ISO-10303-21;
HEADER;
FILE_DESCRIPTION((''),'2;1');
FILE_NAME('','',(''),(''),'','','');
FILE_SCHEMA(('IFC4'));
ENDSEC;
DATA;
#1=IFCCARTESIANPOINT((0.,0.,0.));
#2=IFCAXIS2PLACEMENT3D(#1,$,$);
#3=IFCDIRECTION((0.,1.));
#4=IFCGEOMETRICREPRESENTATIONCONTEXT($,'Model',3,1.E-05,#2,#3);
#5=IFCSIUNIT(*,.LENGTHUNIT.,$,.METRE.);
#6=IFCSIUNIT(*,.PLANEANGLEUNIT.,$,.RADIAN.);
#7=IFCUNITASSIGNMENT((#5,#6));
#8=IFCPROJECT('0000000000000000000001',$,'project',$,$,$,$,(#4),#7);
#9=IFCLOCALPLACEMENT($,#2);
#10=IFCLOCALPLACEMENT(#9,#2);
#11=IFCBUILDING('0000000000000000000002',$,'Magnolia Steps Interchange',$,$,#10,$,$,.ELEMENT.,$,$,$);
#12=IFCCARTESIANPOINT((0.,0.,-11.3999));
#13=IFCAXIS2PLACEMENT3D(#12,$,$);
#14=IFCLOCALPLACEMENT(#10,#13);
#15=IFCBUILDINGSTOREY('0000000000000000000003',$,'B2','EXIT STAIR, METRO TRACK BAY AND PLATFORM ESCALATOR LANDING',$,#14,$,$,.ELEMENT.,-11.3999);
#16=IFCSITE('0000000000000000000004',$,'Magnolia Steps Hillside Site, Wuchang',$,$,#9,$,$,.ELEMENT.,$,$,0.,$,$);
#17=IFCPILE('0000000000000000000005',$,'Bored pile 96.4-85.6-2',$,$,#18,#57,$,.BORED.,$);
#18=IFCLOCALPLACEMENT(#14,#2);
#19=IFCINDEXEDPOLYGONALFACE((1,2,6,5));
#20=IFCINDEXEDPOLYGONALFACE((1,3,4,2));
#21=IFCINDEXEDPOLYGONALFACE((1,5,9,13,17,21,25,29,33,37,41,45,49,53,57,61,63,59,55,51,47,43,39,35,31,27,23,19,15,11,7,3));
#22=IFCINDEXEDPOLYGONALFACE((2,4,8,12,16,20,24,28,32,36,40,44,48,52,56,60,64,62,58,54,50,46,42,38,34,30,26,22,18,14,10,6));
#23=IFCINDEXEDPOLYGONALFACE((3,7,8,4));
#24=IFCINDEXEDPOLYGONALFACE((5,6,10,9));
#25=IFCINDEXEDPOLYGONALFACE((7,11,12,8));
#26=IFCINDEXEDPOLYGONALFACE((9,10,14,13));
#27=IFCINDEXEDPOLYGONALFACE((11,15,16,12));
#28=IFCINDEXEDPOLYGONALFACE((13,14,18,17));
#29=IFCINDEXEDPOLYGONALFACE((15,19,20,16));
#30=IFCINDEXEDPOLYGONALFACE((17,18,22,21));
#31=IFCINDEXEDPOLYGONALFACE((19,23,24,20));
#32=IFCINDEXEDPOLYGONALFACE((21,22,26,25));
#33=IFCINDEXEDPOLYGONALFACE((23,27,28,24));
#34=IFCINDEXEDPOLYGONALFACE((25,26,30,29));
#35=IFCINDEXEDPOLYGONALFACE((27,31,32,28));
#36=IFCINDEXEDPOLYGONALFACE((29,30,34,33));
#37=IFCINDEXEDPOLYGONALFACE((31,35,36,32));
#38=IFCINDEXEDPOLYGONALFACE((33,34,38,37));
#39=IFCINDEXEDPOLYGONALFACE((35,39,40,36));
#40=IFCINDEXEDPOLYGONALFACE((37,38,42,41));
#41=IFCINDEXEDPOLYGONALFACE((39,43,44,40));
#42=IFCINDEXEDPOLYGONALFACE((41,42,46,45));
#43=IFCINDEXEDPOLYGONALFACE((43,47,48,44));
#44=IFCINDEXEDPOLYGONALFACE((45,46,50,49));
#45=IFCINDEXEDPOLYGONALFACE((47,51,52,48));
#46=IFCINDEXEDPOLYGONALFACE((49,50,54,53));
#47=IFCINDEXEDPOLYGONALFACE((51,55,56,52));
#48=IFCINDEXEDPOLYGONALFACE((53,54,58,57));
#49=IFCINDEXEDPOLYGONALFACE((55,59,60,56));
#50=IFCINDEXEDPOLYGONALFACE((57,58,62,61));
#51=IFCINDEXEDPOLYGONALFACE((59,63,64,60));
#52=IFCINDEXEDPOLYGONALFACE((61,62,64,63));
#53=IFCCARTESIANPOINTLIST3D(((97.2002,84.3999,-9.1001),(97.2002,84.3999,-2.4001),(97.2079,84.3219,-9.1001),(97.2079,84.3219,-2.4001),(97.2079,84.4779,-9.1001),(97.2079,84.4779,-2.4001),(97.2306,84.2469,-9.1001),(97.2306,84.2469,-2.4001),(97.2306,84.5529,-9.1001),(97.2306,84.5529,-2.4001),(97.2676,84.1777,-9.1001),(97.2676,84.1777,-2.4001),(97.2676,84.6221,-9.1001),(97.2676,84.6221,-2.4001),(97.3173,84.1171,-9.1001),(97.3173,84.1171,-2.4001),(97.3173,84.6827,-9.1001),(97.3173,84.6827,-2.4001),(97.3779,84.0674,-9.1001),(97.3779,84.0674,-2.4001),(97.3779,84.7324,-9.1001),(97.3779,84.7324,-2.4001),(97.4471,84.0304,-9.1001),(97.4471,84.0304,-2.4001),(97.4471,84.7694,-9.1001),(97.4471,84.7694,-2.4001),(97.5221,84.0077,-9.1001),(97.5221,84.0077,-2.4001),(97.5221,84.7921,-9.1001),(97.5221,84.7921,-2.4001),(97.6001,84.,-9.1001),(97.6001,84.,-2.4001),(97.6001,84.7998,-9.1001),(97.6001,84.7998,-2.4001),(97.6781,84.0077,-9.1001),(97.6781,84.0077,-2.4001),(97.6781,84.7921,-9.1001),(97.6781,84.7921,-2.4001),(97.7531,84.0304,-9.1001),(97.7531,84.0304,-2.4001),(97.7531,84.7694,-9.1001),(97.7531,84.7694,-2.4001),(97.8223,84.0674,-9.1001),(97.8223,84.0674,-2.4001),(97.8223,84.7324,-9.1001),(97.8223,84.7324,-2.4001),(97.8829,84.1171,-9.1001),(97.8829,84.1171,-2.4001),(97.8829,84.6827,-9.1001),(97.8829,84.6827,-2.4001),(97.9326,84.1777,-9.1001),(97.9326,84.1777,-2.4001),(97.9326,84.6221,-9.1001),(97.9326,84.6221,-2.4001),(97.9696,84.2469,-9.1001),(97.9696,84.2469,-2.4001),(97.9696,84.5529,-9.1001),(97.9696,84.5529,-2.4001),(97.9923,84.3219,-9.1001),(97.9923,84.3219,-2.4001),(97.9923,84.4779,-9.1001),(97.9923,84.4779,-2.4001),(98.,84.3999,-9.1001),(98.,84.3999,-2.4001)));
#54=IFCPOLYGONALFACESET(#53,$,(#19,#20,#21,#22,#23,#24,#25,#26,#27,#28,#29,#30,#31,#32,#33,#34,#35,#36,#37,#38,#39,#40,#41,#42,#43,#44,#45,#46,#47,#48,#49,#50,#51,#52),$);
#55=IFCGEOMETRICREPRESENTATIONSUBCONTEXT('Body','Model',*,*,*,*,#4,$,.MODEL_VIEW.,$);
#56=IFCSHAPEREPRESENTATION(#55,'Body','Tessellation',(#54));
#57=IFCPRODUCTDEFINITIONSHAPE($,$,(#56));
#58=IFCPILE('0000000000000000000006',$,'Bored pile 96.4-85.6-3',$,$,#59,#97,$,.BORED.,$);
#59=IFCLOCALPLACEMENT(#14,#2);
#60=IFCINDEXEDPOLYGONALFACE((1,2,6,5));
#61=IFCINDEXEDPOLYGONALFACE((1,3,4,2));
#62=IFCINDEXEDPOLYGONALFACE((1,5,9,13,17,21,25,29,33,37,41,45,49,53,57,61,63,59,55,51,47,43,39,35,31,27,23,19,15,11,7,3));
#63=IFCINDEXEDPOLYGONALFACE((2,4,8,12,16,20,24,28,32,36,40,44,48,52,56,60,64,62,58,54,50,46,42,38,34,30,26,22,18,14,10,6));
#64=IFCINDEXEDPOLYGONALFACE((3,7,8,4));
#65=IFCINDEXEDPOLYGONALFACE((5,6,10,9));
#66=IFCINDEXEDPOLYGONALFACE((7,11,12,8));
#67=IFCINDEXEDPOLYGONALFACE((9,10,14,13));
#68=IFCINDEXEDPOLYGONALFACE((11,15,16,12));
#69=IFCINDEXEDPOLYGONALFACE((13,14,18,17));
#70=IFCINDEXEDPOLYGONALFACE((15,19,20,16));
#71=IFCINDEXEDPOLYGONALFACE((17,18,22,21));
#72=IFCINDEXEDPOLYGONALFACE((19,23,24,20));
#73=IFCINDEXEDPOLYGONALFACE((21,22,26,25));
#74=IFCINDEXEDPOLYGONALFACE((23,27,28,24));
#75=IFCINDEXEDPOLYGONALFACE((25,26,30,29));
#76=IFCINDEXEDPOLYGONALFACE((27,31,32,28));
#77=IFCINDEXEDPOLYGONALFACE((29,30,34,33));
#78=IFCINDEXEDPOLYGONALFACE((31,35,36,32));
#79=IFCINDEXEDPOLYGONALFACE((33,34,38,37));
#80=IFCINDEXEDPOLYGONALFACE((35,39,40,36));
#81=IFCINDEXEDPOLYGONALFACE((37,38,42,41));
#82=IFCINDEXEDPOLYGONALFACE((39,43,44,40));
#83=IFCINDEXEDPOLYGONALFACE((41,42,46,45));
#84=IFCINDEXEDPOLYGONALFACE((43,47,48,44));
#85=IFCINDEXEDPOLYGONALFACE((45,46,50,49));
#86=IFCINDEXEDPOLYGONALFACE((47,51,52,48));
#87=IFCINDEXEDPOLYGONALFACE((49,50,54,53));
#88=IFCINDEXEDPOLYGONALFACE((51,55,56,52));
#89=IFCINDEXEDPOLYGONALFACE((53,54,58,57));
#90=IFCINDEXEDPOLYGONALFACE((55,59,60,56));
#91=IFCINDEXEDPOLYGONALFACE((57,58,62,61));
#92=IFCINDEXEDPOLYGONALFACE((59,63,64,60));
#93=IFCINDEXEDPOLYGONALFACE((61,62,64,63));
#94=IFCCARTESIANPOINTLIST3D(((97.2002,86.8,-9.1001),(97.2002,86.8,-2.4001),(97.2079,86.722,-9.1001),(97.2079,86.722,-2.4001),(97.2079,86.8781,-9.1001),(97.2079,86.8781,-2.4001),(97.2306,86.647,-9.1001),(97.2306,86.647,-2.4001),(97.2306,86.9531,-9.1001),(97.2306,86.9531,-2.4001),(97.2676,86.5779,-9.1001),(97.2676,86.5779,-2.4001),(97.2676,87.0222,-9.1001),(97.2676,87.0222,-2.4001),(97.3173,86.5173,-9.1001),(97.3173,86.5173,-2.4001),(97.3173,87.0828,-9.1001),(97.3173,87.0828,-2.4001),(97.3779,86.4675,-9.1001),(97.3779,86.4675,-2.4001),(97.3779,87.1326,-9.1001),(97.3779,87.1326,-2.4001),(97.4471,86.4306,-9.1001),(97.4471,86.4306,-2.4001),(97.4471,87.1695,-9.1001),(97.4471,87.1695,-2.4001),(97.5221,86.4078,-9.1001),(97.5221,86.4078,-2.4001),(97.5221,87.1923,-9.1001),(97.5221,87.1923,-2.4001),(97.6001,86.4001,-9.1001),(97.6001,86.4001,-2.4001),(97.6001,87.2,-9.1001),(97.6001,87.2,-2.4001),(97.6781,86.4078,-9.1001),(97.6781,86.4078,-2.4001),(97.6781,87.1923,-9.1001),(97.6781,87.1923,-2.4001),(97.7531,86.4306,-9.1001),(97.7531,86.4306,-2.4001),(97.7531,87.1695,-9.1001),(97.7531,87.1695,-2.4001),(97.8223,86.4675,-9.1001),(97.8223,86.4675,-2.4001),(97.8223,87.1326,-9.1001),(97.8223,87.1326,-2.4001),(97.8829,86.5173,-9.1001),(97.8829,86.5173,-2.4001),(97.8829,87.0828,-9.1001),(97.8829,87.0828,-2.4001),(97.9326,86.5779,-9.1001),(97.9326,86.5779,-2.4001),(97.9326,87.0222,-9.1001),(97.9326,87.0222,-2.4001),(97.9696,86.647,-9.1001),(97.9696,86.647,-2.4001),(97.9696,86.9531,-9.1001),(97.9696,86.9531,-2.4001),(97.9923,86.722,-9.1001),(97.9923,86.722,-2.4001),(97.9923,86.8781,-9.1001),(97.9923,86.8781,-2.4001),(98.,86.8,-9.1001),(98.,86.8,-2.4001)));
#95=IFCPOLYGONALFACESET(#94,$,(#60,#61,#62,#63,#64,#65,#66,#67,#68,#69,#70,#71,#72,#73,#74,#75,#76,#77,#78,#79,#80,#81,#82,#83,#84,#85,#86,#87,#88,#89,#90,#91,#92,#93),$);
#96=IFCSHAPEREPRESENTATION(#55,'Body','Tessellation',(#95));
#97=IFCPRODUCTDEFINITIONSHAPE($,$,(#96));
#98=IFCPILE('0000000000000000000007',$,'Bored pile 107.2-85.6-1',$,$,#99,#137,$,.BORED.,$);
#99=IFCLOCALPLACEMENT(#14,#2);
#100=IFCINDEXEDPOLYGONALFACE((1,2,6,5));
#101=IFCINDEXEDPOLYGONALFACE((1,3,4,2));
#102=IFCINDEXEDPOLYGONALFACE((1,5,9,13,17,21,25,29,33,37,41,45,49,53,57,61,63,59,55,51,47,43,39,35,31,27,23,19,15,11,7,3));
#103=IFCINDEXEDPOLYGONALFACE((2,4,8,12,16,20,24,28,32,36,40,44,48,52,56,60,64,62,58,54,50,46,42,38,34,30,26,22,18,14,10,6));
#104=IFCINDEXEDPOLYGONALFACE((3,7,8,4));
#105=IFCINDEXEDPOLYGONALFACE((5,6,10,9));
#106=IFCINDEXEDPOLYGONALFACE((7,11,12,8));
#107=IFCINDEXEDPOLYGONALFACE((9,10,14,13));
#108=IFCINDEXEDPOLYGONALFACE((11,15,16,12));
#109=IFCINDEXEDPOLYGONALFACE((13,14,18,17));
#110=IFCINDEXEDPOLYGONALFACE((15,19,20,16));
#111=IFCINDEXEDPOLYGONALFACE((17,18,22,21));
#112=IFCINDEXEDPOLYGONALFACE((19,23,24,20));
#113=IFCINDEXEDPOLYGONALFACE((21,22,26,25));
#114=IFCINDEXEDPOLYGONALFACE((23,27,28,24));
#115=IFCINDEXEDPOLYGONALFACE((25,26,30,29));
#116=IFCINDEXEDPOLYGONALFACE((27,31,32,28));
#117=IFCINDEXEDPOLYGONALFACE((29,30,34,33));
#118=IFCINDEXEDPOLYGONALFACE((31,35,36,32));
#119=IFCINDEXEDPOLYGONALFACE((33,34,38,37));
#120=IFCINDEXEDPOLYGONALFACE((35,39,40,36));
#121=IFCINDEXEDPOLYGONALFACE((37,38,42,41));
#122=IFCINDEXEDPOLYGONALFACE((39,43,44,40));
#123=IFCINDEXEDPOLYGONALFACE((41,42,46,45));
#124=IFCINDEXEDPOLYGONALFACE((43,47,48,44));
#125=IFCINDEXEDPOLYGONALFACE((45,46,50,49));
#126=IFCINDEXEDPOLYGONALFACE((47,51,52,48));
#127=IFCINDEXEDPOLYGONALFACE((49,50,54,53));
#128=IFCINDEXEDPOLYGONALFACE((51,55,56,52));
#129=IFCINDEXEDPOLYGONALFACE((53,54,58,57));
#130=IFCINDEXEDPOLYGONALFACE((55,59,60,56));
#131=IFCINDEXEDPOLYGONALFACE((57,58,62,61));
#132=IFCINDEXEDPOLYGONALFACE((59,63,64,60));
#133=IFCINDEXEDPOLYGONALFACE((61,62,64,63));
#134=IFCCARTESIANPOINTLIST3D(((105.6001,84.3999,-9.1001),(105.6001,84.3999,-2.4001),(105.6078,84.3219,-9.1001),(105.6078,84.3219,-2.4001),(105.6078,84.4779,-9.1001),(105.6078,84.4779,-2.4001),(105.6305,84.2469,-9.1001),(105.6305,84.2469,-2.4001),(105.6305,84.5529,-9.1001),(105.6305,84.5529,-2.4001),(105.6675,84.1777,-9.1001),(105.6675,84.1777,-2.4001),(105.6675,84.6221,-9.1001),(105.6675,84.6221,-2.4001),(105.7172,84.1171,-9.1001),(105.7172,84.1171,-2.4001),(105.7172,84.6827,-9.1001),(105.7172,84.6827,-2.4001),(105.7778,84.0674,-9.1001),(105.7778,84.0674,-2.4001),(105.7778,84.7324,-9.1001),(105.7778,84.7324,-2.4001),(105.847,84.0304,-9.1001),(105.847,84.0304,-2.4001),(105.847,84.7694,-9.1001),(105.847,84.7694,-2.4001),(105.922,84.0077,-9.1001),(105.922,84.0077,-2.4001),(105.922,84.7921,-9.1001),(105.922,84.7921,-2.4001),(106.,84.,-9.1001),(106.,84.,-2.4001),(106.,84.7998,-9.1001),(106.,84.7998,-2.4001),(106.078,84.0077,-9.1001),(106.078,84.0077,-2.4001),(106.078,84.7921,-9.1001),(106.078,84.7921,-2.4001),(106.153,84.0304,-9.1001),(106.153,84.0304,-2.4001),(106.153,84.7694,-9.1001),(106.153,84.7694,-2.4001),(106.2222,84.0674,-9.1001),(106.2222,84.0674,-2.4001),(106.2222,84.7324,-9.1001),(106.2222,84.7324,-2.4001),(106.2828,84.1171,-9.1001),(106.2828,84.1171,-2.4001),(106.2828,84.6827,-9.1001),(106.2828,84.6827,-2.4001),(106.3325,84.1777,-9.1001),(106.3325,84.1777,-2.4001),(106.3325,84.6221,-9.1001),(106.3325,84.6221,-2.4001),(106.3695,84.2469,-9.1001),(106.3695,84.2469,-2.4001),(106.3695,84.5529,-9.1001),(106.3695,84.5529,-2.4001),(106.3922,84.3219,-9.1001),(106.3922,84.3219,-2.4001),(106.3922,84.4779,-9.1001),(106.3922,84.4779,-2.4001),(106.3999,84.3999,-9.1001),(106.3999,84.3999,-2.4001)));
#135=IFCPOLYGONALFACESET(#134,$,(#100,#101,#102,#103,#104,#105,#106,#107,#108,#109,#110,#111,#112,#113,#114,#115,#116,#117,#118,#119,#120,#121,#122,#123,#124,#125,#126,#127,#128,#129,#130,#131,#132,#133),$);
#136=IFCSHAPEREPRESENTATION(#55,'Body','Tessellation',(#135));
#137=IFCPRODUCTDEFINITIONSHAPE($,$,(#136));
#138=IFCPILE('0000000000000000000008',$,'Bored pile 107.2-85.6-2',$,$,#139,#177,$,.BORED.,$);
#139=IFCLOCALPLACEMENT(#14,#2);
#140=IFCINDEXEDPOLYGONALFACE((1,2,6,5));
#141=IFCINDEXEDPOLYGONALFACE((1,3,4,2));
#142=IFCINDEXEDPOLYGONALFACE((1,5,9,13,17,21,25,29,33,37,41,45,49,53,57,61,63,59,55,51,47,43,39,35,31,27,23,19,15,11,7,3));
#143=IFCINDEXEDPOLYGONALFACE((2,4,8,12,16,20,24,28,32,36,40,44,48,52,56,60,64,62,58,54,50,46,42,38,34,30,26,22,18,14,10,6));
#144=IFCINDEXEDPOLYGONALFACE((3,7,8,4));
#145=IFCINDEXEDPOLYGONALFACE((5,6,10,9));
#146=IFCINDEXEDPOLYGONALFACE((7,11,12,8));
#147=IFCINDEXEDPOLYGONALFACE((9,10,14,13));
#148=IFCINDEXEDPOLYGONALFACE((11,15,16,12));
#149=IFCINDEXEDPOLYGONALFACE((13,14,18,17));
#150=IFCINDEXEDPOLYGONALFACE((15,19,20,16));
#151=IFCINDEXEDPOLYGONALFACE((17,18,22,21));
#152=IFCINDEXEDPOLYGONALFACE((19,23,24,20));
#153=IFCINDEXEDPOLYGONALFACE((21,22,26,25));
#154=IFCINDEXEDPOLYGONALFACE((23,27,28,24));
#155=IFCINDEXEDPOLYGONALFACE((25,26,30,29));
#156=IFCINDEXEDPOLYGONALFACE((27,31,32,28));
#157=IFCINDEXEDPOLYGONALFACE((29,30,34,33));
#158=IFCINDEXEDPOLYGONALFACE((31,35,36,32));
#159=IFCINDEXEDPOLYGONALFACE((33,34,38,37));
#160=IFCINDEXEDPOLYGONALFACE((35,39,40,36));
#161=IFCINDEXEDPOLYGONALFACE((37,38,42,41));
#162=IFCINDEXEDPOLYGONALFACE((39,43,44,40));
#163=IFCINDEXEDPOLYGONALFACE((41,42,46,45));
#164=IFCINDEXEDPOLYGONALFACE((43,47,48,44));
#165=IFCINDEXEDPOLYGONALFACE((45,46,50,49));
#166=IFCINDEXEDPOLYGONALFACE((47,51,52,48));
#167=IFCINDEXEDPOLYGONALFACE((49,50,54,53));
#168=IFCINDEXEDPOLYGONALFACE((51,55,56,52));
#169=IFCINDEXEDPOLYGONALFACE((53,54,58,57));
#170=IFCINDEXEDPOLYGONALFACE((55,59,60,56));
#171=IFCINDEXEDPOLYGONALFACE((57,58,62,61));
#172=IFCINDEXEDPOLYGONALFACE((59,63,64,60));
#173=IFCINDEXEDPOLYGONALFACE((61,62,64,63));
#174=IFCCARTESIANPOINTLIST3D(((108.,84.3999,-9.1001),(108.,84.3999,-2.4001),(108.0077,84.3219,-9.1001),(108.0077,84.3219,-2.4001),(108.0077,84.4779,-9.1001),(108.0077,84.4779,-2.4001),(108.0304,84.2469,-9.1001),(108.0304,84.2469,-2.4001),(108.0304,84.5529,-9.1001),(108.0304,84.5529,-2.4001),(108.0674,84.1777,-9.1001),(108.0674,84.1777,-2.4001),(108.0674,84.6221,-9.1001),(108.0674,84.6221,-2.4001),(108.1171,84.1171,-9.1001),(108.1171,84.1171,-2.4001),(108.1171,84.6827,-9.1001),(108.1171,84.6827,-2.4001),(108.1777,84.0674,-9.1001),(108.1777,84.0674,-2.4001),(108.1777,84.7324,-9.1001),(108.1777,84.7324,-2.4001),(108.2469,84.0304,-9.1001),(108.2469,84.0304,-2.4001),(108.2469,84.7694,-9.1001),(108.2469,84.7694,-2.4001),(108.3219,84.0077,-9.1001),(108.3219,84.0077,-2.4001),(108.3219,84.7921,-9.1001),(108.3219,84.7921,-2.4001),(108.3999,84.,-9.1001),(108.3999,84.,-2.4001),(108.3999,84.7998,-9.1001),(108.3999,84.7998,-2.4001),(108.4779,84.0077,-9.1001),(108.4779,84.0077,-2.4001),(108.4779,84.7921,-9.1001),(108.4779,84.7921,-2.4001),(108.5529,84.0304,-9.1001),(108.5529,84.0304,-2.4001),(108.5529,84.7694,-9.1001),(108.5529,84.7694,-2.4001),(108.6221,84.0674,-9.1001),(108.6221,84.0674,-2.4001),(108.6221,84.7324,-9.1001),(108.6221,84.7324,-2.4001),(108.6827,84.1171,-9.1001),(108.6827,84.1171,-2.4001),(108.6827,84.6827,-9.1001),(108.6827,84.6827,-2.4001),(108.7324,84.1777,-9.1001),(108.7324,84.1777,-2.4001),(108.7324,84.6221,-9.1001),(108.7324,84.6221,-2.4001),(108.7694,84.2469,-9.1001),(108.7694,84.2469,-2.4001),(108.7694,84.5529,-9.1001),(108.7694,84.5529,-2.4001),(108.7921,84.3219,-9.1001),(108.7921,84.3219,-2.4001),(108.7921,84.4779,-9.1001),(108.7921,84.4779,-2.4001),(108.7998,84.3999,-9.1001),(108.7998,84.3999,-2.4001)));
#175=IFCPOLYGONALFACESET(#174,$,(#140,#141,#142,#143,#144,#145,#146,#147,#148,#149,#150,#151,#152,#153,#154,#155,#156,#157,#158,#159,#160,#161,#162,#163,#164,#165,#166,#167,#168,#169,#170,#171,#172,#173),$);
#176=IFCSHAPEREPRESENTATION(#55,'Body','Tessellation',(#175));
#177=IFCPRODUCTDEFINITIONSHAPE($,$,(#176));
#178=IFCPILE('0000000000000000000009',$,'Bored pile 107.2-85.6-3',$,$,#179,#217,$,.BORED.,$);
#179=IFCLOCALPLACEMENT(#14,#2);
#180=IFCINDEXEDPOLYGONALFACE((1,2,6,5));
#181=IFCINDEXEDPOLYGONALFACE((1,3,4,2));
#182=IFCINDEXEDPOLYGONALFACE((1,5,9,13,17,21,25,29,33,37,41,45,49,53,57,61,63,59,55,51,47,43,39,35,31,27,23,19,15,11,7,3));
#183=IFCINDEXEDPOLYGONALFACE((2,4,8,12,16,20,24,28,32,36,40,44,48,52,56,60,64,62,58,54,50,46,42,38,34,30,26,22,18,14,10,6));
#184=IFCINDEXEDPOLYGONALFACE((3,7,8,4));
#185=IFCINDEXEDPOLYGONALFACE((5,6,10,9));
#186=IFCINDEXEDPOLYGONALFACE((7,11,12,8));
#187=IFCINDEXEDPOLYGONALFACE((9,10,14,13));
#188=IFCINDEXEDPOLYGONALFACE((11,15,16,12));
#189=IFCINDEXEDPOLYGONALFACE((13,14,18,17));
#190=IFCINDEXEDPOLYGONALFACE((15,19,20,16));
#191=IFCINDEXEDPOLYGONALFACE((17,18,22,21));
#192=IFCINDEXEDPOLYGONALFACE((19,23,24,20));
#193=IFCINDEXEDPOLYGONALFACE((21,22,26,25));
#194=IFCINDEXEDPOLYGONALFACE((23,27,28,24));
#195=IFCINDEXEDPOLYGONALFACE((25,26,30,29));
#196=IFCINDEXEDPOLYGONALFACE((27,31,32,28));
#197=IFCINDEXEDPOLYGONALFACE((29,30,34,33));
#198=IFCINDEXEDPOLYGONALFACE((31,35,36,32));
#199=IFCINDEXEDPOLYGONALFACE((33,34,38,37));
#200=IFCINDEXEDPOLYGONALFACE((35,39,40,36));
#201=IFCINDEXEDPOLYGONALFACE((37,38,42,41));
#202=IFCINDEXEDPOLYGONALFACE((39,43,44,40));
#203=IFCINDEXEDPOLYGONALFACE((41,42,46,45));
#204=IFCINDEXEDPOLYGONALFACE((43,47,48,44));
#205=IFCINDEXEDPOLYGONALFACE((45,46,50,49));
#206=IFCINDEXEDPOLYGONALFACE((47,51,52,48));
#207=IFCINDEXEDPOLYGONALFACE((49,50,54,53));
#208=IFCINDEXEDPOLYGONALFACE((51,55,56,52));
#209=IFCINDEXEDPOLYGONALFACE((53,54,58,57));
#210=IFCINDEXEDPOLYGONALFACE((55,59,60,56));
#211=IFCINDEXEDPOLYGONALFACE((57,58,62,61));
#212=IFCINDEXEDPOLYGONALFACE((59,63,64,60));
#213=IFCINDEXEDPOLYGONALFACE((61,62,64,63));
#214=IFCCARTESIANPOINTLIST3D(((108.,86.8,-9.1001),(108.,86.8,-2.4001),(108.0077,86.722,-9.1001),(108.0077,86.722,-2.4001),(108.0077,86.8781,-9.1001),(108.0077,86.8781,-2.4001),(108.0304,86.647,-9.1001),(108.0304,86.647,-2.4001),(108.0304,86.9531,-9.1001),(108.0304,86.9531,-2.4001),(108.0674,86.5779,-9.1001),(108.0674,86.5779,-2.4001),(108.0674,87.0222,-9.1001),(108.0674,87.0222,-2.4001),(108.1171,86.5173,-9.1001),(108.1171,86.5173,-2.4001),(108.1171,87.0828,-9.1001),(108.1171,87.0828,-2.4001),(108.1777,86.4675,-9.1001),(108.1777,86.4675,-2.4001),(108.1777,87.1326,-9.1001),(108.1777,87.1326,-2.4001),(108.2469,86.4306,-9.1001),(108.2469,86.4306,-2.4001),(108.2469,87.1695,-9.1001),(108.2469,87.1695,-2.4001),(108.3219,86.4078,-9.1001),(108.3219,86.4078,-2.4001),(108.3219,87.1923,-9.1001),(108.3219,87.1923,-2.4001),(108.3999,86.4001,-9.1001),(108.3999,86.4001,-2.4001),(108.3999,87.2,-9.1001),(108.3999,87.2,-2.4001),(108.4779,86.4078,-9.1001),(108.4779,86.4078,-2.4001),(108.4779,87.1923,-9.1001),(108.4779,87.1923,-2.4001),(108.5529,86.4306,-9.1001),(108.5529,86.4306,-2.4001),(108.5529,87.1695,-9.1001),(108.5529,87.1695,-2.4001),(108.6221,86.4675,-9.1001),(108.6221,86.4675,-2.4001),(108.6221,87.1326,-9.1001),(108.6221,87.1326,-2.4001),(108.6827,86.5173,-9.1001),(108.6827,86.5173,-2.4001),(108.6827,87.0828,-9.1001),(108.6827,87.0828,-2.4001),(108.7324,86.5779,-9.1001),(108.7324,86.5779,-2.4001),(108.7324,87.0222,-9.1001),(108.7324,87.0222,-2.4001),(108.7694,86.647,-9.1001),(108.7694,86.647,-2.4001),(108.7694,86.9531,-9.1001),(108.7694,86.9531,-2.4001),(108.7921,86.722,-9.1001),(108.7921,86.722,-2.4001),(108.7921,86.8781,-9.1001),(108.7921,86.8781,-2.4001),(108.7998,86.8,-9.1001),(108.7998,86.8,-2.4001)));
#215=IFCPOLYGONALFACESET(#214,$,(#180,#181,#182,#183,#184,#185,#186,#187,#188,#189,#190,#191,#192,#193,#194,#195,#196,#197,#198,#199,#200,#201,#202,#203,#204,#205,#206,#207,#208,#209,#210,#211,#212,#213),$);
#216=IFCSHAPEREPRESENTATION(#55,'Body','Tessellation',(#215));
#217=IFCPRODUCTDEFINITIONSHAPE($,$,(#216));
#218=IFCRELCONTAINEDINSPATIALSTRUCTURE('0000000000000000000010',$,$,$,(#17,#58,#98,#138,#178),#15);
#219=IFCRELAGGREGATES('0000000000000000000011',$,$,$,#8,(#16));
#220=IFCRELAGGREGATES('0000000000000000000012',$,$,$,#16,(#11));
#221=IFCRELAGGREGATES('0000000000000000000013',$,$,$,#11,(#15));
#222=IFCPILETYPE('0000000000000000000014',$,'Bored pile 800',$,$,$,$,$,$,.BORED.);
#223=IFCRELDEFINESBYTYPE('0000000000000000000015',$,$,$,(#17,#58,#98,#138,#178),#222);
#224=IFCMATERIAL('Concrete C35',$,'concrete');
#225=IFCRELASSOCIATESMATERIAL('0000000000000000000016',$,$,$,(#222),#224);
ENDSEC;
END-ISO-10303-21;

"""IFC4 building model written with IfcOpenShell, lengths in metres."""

from ifc_helpers import new_model, si_unit, direction, frame, origin, origin_2d, place, context, subcontext, project, spatial, circle, extrude, material, material_profile, profile_set, type_object, element, save


model = new_model("IFC4")

# Units and contexts
model_context = context("Model", 3, precision=1e-05, world=origin(), true_north=direction((0.0, 1.0)))
body_context = subcontext(model_context, "Body", "Model", "MODEL_VIEW")
ifc_project = project(units=[si_unit("LENGTHUNIT", "METRE"), si_unit("PLANEANGLEUNIT", "RADIAN")], contexts=[model_context])

# Site, building, storey
site_placement = place(None, origin())
site = spatial("IfcSite", under=ifc_project, at=site_placement, Name="Magnolia Steps Hillside Site, Wuchang", CompositionType="ELEMENT", RefElevation=0.0)
building_placement = place(site_placement, origin())
building = spatial("IfcBuilding", under=site, at=building_placement, Name="Magnolia Steps Interchange", CompositionType="ELEMENT")
storey_placement = place(building_placement, frame((0.0, 0.0, -11.3999)))
storey = spatial("IfcBuildingStorey", under=building, at=storey_placement, Name="B2", Description="EXIT STAIR, METRO TRACK BAY AND PLATFORM ESCALATOR LANDING", CompositionType="ELEMENT", Elevation=-11.3999)

# Piles
ifc_material_1 = material(Name="Concrete C35", Category="concrete")
ifc_material_profile_1 = material_profile(ifc_material_1, circle(Radius=0.3999, at=origin_2d()), Name="Bored pile 800")
ifc_profile_set_1 = profile_set([ifc_material_profile_1], Name="Concrete C35")
pile_type_1 = type_object("IfcPileType", Name="Bored pile 800", PredefinedType="BORED", material=ifc_profile_set_1)
for number, where, z_axis, x_axis, name in (
    (1, (97.6001, 84.3999, -2.4001), (0.0, 0.0, -1.0), (1.0, 0.0, 0.0), "Bored pile 96.4-85.6-2"),
    (2, (97.6001, 86.8, -2.4001), (0.0, 0.0, -1.0), (1.0, 0.0, 0.0), "Bored pile 96.4-85.6-3"),
    (3, (106.0, 84.3999, -2.4001), (0.0, 0.0, -1.0), (1.0, 0.0, 0.0), "Bored pile 107.2-85.6-1"),
    (4, (108.3999, 84.3999, -2.4001), (0.0, 0.0, -1.0), (1.0, 0.0, 0.0), "Bored pile 107.2-85.6-2"),
    (5, (108.3999, 86.8, -2.4001), (0.0, 0.0, -1.0), (1.0, 0.0, 0.0), "Bored pile 107.2-85.6-3"),
):
    element("IfcPile", number, at=place(storey_placement, frame(where, z_axis=z_axis, x_axis=x_axis)), inside=storey, type_object=pile_type_1, Name=name, PredefinedType="BORED", context=body_context, shape_type="SweptSolid", body=[
        extrude(circle(Radius=0.3999, at=origin_2d()), origin(), (0.0, 0.0, 1.0), 6.7),
    ])

save(model, "model.ifc")
